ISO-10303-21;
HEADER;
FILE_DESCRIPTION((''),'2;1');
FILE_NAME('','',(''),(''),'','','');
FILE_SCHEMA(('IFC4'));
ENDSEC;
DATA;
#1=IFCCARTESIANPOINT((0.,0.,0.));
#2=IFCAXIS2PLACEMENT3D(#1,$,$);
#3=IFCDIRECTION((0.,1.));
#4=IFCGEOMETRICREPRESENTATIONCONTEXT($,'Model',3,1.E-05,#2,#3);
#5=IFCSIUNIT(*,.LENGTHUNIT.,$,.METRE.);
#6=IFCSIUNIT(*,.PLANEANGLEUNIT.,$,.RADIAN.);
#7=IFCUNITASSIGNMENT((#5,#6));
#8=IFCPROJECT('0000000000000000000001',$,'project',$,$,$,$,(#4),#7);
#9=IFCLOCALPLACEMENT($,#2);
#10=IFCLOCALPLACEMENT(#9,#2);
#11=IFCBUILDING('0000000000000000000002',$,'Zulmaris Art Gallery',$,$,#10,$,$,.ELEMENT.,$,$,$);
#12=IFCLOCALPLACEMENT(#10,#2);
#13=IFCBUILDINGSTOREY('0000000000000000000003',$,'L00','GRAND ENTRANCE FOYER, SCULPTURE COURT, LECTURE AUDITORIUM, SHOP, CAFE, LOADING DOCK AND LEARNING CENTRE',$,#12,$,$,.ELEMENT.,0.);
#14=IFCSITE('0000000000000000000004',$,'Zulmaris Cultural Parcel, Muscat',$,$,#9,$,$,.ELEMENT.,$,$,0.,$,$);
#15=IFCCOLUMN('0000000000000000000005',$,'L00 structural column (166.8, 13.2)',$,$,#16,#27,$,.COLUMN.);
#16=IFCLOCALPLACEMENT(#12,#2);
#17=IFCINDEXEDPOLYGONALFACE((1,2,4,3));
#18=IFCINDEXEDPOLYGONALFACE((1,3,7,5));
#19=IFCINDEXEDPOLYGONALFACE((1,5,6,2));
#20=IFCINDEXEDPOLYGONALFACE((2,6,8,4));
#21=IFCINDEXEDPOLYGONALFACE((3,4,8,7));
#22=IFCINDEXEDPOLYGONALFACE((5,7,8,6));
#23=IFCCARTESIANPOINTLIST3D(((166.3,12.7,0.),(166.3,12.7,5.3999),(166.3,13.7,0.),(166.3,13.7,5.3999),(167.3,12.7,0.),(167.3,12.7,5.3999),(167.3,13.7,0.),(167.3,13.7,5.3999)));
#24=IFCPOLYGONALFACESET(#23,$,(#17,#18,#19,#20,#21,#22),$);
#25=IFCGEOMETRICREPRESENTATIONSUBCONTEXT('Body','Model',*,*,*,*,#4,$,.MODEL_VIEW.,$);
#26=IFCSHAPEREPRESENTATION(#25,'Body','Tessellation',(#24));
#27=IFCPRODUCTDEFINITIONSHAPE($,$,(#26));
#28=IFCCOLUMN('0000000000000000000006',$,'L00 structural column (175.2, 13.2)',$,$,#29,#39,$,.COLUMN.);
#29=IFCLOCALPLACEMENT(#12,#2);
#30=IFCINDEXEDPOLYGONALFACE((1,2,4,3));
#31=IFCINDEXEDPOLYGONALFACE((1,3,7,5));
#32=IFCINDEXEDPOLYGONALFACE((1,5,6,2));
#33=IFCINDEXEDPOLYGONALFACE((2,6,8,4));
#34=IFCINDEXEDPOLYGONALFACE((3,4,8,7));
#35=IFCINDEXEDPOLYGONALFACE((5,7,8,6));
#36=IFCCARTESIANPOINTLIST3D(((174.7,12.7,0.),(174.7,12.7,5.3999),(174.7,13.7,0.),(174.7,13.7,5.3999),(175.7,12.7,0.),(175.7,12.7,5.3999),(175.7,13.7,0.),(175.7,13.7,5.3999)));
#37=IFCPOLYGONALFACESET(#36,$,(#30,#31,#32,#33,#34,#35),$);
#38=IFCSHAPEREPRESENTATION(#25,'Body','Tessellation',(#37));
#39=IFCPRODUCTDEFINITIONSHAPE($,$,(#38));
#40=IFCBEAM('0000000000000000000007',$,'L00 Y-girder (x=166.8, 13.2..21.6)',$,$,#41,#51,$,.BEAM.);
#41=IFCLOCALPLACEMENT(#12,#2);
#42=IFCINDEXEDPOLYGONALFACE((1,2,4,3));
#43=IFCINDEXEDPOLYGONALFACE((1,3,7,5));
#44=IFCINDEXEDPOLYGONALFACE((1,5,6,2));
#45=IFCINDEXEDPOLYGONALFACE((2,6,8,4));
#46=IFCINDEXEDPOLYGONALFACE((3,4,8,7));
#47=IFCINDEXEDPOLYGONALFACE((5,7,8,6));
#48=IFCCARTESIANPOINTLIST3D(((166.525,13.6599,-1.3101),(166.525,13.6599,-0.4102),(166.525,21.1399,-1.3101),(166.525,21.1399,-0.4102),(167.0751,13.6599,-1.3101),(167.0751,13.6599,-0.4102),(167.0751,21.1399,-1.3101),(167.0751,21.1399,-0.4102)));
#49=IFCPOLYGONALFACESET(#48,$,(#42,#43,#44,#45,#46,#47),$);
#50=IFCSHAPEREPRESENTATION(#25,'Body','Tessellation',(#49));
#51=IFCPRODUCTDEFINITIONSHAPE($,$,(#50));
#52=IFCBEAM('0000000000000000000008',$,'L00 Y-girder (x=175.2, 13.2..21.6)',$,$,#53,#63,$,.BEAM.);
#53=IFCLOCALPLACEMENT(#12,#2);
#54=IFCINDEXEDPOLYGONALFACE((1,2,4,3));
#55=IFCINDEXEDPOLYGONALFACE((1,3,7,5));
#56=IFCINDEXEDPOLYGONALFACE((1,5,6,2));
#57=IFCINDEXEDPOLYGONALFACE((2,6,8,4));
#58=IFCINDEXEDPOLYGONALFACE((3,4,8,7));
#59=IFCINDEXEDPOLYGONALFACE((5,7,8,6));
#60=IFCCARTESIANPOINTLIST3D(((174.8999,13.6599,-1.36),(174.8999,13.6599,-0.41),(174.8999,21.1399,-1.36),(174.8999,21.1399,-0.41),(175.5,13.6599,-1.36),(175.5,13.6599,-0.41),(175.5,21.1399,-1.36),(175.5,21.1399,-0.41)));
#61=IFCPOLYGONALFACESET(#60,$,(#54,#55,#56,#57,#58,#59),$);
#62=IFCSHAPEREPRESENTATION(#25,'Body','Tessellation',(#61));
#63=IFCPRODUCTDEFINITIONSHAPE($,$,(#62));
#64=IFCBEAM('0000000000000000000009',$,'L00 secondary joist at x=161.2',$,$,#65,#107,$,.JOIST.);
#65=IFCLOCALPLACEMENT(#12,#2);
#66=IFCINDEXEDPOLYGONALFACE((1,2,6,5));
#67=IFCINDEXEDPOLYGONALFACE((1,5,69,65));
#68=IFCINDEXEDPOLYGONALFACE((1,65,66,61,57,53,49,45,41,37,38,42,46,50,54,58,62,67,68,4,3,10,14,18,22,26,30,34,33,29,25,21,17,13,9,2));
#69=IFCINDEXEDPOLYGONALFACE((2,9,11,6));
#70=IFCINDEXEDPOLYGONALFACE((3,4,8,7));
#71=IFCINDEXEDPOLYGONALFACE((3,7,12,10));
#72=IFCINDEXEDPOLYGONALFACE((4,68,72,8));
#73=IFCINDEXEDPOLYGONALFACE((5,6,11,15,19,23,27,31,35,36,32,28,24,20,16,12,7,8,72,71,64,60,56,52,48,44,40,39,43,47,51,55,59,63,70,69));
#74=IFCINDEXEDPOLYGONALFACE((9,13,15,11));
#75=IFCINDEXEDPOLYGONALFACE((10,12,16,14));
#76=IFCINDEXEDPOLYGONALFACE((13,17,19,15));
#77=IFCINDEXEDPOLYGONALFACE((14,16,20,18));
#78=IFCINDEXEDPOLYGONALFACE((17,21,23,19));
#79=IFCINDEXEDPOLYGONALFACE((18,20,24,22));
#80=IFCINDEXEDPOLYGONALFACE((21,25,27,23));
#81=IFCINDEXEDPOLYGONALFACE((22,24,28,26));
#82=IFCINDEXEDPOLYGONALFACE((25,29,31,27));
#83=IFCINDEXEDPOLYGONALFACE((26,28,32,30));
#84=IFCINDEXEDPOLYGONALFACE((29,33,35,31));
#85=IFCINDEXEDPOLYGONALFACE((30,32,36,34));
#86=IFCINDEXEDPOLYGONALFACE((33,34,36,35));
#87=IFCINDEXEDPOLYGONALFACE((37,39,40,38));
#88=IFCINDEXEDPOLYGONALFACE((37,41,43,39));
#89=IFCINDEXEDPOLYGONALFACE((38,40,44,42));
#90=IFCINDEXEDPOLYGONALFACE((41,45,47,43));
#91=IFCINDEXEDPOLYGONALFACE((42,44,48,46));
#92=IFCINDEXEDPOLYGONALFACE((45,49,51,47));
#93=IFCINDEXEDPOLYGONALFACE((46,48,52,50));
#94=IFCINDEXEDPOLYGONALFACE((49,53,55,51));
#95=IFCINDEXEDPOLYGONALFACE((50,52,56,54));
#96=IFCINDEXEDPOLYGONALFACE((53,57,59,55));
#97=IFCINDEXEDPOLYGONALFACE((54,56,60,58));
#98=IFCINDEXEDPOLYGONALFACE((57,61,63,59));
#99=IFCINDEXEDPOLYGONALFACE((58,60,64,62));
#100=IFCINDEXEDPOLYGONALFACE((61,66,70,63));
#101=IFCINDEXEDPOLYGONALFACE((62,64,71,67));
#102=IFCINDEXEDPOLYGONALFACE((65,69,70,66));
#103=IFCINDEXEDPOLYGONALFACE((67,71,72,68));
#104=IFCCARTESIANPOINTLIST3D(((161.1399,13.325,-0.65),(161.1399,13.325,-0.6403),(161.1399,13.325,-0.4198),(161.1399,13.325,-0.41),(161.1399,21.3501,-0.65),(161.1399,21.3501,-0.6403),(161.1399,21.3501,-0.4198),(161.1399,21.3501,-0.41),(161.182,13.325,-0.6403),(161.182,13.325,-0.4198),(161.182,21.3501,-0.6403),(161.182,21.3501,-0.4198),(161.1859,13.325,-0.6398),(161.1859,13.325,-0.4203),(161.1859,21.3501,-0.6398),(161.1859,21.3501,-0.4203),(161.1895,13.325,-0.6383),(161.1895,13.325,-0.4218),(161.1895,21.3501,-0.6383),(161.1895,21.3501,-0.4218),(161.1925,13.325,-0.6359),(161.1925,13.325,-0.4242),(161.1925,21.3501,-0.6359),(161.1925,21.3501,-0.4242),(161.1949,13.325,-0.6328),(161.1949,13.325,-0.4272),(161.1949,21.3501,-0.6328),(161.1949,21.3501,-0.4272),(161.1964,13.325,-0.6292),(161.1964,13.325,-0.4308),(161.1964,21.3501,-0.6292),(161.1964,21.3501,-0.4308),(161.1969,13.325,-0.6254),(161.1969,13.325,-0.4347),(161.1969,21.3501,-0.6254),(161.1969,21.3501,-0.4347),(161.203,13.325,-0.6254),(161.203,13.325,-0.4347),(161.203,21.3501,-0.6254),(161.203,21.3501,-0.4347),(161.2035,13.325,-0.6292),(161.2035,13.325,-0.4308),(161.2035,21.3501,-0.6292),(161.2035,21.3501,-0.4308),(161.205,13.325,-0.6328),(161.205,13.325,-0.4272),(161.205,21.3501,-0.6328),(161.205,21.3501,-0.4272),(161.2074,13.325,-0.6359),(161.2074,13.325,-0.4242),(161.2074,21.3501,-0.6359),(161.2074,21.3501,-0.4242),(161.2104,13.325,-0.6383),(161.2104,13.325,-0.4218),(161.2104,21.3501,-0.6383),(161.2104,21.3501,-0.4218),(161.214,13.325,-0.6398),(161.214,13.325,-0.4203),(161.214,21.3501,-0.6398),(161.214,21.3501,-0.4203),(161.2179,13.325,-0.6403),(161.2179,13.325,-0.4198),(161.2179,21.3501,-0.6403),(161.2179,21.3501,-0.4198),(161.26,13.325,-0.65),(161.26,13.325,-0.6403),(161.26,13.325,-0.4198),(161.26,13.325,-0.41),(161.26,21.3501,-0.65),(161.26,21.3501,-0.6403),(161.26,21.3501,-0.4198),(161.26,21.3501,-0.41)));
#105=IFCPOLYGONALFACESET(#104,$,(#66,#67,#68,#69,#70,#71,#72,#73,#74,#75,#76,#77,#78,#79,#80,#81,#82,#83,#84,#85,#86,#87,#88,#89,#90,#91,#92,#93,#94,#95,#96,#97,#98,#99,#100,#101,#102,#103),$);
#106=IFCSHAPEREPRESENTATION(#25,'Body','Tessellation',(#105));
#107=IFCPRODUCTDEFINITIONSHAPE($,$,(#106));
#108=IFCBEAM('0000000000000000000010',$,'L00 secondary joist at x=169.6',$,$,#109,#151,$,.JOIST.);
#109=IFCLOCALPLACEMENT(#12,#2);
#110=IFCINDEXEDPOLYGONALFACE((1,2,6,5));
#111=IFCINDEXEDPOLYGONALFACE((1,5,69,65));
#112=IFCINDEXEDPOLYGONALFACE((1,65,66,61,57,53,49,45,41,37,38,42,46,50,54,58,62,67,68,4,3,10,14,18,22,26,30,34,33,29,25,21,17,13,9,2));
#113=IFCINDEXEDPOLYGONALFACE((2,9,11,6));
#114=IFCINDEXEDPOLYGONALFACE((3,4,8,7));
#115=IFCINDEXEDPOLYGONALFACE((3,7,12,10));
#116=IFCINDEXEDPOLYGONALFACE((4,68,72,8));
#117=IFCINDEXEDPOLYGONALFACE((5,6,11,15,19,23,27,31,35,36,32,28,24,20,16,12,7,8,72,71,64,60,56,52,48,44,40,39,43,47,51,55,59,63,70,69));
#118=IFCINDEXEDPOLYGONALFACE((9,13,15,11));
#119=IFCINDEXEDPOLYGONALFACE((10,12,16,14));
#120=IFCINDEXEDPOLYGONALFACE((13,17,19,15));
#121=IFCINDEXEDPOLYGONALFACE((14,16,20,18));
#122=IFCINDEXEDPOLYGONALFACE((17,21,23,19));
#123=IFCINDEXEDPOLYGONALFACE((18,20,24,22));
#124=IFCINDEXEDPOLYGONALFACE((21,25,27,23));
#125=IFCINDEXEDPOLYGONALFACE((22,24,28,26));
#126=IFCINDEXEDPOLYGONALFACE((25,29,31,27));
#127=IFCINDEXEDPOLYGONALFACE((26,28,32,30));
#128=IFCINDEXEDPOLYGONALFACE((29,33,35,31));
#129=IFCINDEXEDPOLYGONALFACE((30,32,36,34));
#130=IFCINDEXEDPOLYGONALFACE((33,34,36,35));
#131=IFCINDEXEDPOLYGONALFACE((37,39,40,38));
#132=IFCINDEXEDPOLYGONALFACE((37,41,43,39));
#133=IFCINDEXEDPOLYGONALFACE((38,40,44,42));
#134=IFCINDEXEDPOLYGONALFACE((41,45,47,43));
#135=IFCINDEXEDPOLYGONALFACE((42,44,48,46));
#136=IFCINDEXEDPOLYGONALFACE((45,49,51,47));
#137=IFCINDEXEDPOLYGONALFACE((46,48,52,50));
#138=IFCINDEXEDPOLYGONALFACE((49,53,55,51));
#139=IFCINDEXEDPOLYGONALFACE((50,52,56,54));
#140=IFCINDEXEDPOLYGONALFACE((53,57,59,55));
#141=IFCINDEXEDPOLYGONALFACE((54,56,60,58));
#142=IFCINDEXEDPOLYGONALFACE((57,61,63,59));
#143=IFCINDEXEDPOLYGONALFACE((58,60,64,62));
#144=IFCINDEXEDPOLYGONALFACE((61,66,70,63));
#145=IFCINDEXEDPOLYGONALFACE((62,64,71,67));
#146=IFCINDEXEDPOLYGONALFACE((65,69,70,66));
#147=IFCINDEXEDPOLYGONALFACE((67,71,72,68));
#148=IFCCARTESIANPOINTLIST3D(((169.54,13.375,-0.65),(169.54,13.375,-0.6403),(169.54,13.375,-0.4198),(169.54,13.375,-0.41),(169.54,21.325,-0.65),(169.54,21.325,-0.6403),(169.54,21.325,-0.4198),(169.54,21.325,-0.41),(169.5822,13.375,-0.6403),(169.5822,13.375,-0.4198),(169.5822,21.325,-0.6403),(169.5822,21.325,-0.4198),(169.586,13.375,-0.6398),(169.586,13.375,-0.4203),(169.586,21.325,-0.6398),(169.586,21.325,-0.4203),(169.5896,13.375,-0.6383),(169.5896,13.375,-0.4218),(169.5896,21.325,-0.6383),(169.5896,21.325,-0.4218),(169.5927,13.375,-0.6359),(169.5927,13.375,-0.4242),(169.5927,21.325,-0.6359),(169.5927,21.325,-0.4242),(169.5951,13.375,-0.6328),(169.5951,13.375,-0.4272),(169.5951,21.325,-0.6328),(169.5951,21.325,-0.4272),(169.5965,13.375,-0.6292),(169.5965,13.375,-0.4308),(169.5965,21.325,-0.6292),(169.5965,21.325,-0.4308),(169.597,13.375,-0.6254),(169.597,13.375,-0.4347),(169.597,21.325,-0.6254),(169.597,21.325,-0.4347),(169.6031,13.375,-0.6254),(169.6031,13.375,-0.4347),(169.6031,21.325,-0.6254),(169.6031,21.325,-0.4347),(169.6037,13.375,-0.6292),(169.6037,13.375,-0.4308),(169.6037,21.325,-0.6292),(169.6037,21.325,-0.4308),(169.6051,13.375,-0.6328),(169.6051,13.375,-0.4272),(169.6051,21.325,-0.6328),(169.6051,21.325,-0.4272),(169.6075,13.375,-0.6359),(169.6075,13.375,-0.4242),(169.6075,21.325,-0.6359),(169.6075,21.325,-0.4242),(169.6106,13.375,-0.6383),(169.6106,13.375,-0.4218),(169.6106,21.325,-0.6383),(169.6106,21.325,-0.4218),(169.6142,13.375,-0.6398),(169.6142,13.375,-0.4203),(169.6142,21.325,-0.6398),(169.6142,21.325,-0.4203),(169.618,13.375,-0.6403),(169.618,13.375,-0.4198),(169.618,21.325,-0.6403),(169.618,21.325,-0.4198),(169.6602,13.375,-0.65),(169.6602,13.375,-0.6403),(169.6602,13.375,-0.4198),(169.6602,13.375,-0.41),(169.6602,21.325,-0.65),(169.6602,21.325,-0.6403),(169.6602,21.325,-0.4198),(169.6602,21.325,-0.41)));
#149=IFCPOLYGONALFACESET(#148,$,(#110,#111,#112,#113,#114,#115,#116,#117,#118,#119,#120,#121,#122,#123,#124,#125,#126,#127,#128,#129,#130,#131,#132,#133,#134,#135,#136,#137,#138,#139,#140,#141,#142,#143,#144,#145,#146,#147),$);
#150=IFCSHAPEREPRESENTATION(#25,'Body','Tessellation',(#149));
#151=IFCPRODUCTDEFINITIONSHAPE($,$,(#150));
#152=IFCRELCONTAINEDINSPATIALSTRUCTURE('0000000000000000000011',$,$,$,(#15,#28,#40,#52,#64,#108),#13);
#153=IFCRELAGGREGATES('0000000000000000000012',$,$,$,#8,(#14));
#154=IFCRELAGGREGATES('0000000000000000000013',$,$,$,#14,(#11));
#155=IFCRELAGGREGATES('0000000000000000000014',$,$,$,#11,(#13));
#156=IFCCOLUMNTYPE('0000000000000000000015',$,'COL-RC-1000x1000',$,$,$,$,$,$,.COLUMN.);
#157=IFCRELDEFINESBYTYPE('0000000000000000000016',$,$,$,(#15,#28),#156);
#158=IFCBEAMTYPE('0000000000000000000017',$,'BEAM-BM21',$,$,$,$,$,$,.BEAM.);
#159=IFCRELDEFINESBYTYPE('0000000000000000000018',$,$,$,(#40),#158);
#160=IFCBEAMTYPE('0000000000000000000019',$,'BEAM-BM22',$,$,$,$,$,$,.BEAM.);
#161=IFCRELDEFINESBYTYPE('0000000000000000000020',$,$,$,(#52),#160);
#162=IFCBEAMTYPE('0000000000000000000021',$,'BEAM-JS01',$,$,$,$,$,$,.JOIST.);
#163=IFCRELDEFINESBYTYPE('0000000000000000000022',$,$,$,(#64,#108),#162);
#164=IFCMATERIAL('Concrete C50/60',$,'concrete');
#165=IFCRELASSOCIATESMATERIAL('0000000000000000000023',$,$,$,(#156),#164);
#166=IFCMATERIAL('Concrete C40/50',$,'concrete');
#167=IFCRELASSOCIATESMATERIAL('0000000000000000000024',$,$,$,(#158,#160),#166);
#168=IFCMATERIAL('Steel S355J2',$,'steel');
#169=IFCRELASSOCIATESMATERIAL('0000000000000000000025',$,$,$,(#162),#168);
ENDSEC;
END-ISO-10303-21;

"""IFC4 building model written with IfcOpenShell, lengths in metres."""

from ifc_helpers import new_model, si_unit, direction, frame, origin, origin_2d, place, context, subcontext, project, spatial, rectangle, i_section, extrude, material, material_profile, profile_set, type_object, element, save


model = new_model("IFC4")

# Units and contexts
model_context = context("Model", 3, precision=1e-05, world=origin(), true_north=direction((0.0, 1.0)))
body_context = subcontext(model_context, "Body", "Model", "MODEL_VIEW")
ifc_project = project(units=[si_unit("LENGTHUNIT", "METRE"), si_unit("PLANEANGLEUNIT", "RADIAN")], contexts=[model_context])

# Site, building, storey
site_placement = place(None, origin())
site = spatial("IfcSite", under=ifc_project, at=site_placement, Name="Zulmaris Cultural Parcel, Muscat", CompositionType="ELEMENT", RefElevation=0.0)
building_placement = place(site_placement, origin())
building = spatial("IfcBuilding", under=site, at=building_placement, Name="Zulmaris Art Gallery", CompositionType="ELEMENT")
storey_placement = place(building_placement, origin())
storey = spatial("IfcBuildingStorey", under=building, at=storey_placement, Name="L00", Description="GRAND ENTRANCE FOYER, SCULPTURE COURT, LECTURE AUDITORIUM, SHOP, CAFE, LOADING DOCK AND LEARNING CENTRE", CompositionType="ELEMENT", Elevation=0.0)

# Columns
ifc_material_1 = material(Name="Concrete C50/60", Category="concrete")
ifc_material_profile_1 = material_profile(ifc_material_1, rectangle(XDim=1.0, YDim=1.0, at=origin_2d()), Name="RC 1000x1000")
ifc_profile_set_1 = profile_set([ifc_material_profile_1], Name="Concrete C50/60")
column_type = type_object("IfcColumnType", Name="COL-RC-1000x1000", PredefinedType="COLUMN", material=ifc_profile_set_1)
for number, where, z_axis, x_axis, name in (
    (1, (166.8, 13.2, 0.0), (0.0, 0.0, 1.0), (1.0, 0.0, 0.0), "L00 structural column (166.8, 13.2)"),
    (2, (175.2, 13.2, 0.0), (0.0, 0.0, 1.0), (1.0, 0.0, 0.0), "L00 structural column (175.2, 13.2)"),
):
    element("IfcColumn", number, at=place(storey_placement, frame(where, z_axis=z_axis, x_axis=x_axis)), inside=storey, type_object=column_type, Name=name, PredefinedType="COLUMN", context=body_context, shape_type="SweptSolid", body=[
        extrude(rectangle(XDim=1.0, YDim=1.0, at=origin_2d()), origin(), (0.0, 0.0, 1.0), 5.3999),
    ])

# Beams
ifc_material_2 = material(Name="Concrete C40/50", Category="concrete")
ifc_material_profile_2 = material_profile(ifc_material_2, rectangle(XDim=0.55, YDim=0.8999, at=origin_2d()), Name="RC 550x900")
ifc_profile_set_2 = profile_set([ifc_material_profile_2], Name="Concrete C40/50")
beam_type_1 = type_object("IfcBeamType", Name="BEAM-BM21", PredefinedType="BEAM", material=ifc_profile_set_2)
beam_1_placement = place(storey_placement, frame((166.8, 13.6599, -0.8601), z_axis=(0.0, 1.0, 0.0), x_axis=(-1.0, 0.0, 0.0)))
element("IfcBeam", 3, at=beam_1_placement, inside=storey, type_object=beam_type_1, Name="L00 Y-girder (x=166.8, 13.2..21.6)", PredefinedType="BEAM", context=body_context, shape_type="SweptSolid", body=[
    extrude(rectangle(XDim=0.55, YDim=0.8999, at=origin_2d()), origin(), (0.0, 0.0, 1.0), 7.48),
])
ifc_material_profile_3 = material_profile(ifc_material_2, rectangle(XDim=0.6001, YDim=0.95, at=origin_2d()), Name="RC 600x950")
ifc_profile_set_3 = profile_set([ifc_material_profile_3], Name="Concrete C40/50")
beam_type_2 = type_object("IfcBeamType", Name="BEAM-BM22", PredefinedType="BEAM", material=ifc_profile_set_3)
beam_2_placement = place(storey_placement, frame((175.2, 13.6599, -0.885), z_axis=(0.0, 1.0, 0.0), x_axis=(-1.0, 0.0, 0.0)))
element("IfcBeam", 4, at=beam_2_placement, inside=storey, type_object=beam_type_2, Name="L00 Y-girder (x=175.2, 13.2..21.6)", PredefinedType="BEAM", context=body_context, shape_type="SweptSolid", body=[
    extrude(rectangle(XDim=0.6001, YDim=0.95, at=origin_2d()), origin(), (0.0, 0.0, 1.0), 7.48),
])
ifc_material_3 = material(Name="Steel S355J2", Category="steel")
ifc_material_profile_4 = material_profile(ifc_material_3, i_section(OverallWidth=0.1201, OverallDepth=0.24, WebThickness=0.0061, FlangeThickness=0.0098, FilletRadius=0.0149, at=origin_2d()), Name="IPE 240")
ifc_profile_set_4 = profile_set([ifc_material_profile_4], Name="Steel S355J2")
beam_type_3 = type_object("IfcBeamType", Name="BEAM-JS01", PredefinedType="JOIST", material=ifc_profile_set_4)
beam_3_placement = place(storey_placement, frame((161.2, 13.325, -0.53), z_axis=(0.0, 1.0, 0.0), x_axis=(-1.0, 0.0, 0.0)))
element("IfcBeam", 5, at=beam_3_placement, inside=storey, type_object=beam_type_3, Name="L00 secondary joist at x=161.2", PredefinedType="JOIST", context=body_context, shape_type="SweptSolid", body=[
    extrude(i_section(OverallWidth=0.1201, OverallDepth=0.24, WebThickness=0.0061, FlangeThickness=0.0098, FilletRadius=0.0149, at=origin_2d()), origin(), (0.0, 0.0, 1.0), 8.0251),
])
beam_4_placement = place(storey_placement, frame((169.6001, 13.375, -0.53), z_axis=(0.0, 1.0, 0.0), x_axis=(-1.0, 0.0, 0.0)))
element("IfcBeam", 6, at=beam_4_placement, inside=storey, type_object=beam_type_3, Name="L00 secondary joist at x=169.6", PredefinedType="JOIST", context=body_context, shape_type="SweptSolid", body=[
    extrude(i_section(OverallWidth=0.1201, OverallDepth=0.24, WebThickness=0.0061, FlangeThickness=0.0098, FilletRadius=0.0149, at=origin_2d()), origin(), (0.0, 0.0, 1.0), 7.95),
])

save(model, "model.ifc")
